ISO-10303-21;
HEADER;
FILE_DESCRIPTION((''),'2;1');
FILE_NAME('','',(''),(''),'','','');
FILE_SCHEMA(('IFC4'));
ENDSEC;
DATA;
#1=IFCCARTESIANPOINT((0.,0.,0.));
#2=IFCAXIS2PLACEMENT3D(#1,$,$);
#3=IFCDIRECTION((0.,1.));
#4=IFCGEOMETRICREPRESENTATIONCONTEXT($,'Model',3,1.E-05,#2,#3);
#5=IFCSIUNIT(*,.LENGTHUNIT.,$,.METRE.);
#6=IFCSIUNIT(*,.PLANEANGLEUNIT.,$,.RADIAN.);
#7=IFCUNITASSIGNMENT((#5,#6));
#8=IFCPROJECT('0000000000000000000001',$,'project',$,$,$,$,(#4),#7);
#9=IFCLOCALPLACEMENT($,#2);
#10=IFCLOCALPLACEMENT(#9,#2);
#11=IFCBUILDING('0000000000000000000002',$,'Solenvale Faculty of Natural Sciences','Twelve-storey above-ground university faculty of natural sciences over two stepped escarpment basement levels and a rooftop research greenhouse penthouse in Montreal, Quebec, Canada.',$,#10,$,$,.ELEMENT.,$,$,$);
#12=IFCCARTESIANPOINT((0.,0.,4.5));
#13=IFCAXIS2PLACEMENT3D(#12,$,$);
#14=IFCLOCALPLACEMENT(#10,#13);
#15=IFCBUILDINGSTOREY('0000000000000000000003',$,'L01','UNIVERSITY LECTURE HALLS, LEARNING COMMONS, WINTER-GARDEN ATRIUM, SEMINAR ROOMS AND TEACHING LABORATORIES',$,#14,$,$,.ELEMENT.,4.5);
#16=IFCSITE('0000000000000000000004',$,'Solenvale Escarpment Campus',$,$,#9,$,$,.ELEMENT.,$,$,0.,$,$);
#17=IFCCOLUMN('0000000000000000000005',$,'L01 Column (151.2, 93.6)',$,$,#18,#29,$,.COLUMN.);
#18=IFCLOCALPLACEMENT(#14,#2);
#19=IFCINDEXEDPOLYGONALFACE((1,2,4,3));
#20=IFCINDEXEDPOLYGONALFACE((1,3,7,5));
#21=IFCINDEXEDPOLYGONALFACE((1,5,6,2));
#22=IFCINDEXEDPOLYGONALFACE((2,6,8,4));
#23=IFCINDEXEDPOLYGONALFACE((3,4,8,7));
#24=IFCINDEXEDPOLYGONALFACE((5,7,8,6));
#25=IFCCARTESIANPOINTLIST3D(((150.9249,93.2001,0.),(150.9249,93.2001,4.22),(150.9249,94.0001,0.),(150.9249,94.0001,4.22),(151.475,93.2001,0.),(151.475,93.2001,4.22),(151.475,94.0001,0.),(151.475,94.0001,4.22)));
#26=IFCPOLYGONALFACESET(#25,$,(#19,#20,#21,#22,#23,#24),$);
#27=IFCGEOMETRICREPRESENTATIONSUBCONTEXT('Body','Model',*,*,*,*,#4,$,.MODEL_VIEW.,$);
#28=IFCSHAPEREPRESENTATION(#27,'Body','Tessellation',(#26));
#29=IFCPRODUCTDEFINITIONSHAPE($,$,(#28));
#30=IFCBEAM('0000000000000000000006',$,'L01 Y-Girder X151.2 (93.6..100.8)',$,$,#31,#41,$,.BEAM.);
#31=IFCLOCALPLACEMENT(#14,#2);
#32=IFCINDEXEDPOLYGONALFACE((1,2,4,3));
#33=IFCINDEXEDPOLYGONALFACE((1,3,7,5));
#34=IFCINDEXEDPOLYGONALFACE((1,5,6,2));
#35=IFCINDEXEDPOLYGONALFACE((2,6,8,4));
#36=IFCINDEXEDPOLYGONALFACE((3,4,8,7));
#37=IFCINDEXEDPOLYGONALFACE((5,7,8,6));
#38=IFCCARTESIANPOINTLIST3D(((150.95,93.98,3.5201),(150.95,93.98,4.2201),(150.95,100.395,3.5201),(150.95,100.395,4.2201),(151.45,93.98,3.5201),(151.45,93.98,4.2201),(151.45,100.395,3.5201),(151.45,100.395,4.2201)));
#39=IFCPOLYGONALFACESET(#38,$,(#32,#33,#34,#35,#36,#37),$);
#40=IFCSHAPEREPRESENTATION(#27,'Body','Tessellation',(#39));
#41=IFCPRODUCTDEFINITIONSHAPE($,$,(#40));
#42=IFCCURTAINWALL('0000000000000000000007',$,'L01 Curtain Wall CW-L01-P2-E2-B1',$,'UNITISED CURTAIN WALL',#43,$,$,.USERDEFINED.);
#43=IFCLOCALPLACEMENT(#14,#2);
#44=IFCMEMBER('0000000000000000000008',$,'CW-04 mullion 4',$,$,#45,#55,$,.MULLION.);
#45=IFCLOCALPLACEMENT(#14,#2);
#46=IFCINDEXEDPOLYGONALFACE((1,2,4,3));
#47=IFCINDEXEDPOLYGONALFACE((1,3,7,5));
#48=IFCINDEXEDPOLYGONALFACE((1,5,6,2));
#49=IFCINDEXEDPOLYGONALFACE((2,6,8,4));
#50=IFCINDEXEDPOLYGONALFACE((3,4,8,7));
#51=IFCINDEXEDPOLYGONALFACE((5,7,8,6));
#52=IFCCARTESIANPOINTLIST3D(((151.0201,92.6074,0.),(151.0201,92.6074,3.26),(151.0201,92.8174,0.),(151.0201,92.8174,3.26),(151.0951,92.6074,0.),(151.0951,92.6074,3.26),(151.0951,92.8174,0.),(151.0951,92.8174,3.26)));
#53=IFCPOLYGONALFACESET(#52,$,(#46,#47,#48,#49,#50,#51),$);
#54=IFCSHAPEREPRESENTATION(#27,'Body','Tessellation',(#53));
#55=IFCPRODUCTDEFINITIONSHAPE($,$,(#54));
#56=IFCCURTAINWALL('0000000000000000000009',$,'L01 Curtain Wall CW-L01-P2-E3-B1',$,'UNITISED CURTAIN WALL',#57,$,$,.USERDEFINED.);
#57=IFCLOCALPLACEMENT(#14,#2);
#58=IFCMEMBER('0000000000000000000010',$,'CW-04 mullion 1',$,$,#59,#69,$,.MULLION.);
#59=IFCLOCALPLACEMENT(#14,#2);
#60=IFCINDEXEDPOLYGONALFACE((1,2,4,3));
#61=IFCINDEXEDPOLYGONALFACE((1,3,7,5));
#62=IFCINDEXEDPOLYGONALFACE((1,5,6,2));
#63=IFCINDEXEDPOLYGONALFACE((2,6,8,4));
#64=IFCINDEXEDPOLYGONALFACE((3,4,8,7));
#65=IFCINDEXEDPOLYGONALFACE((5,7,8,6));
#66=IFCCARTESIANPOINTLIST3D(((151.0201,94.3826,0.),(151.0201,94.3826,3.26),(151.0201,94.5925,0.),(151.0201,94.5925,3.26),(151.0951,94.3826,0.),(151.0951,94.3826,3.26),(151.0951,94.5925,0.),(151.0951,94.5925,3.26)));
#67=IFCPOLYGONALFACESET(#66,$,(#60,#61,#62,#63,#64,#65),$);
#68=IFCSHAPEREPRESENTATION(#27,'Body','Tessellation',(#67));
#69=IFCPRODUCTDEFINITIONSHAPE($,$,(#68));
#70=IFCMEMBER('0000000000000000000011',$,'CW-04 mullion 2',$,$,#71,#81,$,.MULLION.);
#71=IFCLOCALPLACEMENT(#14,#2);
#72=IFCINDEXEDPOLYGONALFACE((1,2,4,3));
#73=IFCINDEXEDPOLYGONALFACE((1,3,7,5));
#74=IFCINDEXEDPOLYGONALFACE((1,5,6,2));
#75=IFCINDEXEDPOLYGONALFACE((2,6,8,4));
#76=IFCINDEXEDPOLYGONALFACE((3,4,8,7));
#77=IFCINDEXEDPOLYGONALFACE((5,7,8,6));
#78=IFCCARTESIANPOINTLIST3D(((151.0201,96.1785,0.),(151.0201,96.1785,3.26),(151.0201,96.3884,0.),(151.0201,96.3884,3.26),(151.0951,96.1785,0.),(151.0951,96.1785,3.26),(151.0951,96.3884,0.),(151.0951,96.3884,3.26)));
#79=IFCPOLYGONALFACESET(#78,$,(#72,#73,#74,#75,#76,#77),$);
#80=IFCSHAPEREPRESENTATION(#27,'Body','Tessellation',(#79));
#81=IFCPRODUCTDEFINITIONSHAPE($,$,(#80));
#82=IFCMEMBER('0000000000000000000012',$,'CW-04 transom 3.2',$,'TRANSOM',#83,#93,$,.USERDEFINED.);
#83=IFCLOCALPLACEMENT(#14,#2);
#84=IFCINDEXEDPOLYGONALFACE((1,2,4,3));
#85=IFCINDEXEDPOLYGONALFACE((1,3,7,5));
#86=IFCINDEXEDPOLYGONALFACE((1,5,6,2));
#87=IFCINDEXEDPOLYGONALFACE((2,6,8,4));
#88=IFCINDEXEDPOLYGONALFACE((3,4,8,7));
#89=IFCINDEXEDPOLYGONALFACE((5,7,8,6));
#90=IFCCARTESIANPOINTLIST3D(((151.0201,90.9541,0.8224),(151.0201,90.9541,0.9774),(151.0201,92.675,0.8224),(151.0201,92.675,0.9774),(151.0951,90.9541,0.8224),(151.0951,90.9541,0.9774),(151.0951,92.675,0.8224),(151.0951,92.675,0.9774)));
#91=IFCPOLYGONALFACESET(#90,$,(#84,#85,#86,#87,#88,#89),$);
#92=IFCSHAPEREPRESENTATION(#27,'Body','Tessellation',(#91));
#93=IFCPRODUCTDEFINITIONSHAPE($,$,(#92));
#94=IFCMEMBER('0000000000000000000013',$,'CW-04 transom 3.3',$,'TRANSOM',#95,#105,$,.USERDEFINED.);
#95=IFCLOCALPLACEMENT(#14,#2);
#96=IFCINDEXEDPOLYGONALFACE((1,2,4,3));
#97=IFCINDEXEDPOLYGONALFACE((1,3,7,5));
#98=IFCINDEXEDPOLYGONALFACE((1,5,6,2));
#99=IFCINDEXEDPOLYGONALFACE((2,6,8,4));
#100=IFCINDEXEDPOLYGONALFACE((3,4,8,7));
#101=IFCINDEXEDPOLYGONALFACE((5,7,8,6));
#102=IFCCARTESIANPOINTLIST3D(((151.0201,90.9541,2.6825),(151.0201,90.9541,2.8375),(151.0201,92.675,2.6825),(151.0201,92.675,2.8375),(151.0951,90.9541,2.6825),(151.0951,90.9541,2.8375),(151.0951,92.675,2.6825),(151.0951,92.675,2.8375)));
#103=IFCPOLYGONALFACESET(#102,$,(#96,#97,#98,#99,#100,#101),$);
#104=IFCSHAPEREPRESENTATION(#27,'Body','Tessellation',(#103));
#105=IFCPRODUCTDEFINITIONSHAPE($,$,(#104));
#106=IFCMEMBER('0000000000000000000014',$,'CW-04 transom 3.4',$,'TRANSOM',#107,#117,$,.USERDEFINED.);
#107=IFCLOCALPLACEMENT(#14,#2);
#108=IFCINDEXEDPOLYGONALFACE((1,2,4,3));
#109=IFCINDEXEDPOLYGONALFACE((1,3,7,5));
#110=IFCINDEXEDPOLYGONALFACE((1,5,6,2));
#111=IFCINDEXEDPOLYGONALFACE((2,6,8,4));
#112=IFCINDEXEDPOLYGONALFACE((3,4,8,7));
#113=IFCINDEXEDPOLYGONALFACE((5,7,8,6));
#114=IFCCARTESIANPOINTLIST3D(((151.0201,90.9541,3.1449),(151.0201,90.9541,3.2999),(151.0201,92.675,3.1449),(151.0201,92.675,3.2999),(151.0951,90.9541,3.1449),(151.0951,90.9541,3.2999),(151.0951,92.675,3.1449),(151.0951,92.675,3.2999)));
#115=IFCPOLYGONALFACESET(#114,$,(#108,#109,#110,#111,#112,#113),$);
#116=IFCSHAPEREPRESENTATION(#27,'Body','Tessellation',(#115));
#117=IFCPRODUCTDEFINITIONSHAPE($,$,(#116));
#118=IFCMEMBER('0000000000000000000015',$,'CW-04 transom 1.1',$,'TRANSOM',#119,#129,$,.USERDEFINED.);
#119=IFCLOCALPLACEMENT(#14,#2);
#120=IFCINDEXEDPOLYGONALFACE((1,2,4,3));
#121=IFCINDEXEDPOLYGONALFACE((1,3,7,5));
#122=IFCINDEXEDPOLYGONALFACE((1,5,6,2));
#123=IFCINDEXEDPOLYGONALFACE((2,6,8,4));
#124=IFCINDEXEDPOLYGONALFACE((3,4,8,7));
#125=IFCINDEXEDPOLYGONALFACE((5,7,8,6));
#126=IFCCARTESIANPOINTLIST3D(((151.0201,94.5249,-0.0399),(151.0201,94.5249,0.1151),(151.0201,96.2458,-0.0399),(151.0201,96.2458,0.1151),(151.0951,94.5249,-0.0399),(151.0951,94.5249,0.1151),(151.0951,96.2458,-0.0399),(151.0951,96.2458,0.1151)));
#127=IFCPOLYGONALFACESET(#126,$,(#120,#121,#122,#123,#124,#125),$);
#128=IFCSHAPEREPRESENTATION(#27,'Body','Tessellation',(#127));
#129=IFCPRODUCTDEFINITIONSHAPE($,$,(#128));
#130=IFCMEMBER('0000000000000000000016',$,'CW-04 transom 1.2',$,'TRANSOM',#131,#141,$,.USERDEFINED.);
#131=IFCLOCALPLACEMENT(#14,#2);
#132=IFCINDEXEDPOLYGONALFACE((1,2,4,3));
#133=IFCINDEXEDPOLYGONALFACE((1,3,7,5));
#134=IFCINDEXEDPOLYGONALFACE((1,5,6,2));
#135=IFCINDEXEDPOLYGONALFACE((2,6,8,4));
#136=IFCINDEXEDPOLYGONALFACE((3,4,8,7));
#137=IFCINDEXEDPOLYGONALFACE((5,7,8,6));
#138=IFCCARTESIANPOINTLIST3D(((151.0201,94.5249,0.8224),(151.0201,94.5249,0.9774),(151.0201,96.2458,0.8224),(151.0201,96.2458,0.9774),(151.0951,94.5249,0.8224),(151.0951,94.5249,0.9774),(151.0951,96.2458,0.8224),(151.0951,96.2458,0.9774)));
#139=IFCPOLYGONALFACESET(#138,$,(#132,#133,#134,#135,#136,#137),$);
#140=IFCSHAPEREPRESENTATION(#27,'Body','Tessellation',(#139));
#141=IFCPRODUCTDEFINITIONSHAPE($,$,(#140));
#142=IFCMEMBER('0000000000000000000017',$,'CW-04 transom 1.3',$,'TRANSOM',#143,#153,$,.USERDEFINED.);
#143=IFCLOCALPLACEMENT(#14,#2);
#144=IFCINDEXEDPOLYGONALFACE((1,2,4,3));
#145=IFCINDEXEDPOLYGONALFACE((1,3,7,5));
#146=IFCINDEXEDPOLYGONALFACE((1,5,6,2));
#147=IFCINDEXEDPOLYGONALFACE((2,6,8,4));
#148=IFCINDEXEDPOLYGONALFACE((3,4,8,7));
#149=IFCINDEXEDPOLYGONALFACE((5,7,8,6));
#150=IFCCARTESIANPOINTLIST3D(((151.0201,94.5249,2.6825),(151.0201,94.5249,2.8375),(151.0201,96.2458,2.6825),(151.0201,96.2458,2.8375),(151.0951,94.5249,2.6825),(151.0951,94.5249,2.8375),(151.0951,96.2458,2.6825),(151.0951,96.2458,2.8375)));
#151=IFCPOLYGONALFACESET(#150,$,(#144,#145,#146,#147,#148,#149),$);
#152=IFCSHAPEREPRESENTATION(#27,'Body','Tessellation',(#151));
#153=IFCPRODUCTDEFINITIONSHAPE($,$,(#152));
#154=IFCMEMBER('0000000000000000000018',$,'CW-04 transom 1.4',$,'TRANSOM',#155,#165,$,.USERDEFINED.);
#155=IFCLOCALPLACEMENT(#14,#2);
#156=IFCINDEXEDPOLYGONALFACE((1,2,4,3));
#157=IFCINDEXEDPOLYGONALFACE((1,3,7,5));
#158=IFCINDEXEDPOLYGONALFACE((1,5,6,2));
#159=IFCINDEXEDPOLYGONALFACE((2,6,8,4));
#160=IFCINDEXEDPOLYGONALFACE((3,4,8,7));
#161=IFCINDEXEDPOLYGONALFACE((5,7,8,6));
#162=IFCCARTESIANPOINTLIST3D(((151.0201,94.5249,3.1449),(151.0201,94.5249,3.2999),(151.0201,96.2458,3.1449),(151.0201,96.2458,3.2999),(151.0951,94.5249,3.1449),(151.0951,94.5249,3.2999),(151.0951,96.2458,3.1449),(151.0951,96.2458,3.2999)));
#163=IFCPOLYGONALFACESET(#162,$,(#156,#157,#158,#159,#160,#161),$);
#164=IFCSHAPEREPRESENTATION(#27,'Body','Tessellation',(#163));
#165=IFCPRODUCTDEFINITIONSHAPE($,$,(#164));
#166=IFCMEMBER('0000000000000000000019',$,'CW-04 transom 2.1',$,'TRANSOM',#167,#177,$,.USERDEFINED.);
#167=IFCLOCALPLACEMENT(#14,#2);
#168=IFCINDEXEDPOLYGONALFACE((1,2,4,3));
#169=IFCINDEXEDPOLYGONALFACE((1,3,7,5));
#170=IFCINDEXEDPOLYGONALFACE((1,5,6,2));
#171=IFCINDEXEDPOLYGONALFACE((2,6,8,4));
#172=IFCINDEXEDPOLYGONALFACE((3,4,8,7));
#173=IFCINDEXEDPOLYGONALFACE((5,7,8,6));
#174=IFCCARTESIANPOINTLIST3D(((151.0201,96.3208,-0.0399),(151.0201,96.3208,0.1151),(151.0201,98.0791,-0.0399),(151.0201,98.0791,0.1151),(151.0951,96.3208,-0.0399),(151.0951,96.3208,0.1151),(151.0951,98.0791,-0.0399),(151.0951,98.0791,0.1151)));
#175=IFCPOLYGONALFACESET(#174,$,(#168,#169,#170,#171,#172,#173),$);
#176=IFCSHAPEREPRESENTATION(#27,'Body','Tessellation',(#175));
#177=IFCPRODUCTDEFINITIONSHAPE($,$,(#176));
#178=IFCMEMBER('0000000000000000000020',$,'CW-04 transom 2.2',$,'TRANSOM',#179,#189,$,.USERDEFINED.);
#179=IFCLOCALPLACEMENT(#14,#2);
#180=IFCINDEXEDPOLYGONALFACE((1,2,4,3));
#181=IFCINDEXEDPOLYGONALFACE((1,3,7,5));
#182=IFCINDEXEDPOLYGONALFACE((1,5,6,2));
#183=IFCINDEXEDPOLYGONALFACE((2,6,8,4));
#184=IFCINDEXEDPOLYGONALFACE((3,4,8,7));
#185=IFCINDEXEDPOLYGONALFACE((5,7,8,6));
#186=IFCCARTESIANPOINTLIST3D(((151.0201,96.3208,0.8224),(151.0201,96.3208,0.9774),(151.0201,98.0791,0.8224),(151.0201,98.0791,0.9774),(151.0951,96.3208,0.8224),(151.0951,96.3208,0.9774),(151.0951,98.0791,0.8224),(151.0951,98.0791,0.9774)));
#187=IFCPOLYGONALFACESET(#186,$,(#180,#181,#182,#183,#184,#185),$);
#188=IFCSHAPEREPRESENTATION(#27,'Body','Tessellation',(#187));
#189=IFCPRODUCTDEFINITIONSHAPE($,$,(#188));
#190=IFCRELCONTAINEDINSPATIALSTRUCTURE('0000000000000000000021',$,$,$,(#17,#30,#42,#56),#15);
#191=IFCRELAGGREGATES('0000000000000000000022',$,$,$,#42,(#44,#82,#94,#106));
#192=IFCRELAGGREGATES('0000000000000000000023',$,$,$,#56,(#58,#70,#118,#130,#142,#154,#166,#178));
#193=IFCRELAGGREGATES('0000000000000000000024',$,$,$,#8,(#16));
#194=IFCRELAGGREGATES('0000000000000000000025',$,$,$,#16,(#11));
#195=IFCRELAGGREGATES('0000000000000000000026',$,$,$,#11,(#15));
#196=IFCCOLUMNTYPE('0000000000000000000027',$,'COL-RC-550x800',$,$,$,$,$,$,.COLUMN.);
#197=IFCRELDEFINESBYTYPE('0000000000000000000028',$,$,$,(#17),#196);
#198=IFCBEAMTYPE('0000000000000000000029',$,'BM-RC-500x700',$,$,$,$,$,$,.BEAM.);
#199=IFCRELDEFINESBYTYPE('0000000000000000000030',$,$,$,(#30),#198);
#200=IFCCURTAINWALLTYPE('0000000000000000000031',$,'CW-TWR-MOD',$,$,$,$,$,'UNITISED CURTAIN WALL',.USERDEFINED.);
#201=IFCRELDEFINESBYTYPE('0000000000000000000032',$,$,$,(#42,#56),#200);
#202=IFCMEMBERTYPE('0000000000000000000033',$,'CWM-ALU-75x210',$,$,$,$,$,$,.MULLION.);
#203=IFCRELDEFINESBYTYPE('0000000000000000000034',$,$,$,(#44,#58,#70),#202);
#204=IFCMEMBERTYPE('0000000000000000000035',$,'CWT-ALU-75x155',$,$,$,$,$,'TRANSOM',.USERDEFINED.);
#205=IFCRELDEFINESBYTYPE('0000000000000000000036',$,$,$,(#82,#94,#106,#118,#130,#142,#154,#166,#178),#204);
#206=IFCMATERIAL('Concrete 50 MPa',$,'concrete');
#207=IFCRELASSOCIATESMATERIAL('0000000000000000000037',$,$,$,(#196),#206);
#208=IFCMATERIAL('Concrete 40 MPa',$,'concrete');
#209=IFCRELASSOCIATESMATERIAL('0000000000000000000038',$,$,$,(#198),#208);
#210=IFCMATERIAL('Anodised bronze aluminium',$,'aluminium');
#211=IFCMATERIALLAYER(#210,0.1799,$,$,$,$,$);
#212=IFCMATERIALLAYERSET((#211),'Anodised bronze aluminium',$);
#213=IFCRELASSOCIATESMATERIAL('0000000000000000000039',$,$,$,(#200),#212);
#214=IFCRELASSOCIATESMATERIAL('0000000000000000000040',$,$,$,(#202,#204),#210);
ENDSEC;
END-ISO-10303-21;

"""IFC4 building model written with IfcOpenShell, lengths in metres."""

from ifc_helpers import new_model, si_unit, direction, frame, origin, origin_2d, place, context, subcontext, project, spatial, rectangle, extrude, material, layer, layer_set, material_profile, profile_set, type_object, element, aggregate, save


model = new_model("IFC4")

# Units and contexts
model_context = context("Model", 3, precision=1e-05, world=origin(), true_north=direction((0.0, 1.0)))
body_context = subcontext(model_context, "Body", "Model", "MODEL_VIEW")
ifc_project = project(units=[si_unit("LENGTHUNIT", "METRE"), si_unit("PLANEANGLEUNIT", "RADIAN")], contexts=[model_context])

# Site, building, storey
site_placement = place(None, origin())
site = spatial("IfcSite", under=ifc_project, at=site_placement, Name="Solenvale Escarpment Campus", CompositionType="ELEMENT", RefElevation=0.0)
building_placement = place(site_placement, origin())
building = spatial("IfcBuilding", under=site, at=building_placement, Name="Solenvale Faculty of Natural Sciences", Description="Twelve-storey above-ground university faculty of natural sciences over two stepped escarpment basement levels and a rooftop research greenhouse penthouse in Montreal, Quebec, Canada.", CompositionType="ELEMENT")
storey_placement = place(building_placement, frame((0.0, 0.0, 4.5)))
storey = spatial("IfcBuildingStorey", under=building, at=storey_placement, Name="L01", Description="UNIVERSITY LECTURE HALLS, LEARNING COMMONS, WINTER-GARDEN ATRIUM, SEMINAR ROOMS AND TEACHING LABORATORIES", CompositionType="ELEMENT", Elevation=4.5)

# Column
ifc_material_1 = material(Name="Concrete 50 MPa", Category="concrete")
ifc_material_profile_1 = material_profile(ifc_material_1, rectangle(XDim=0.55, YDim=0.8, at=origin_2d()), Name="RC-COL-550x800")
ifc_profile_set_1 = profile_set([ifc_material_profile_1], Name="Concrete 50 MPa")
column_type = type_object("IfcColumnType", Name="COL-RC-550x800", PredefinedType="COLUMN", material=ifc_profile_set_1)
column_placement = place(storey_placement, frame((151.2, 93.6001, 0.0), z_axis=(0.0, 0.0, 1.0), x_axis=(1.0, 0.0, 0.0)))
element("IfcColumn", 1, at=column_placement, inside=storey, type_object=column_type, Name="L01 Column (151.2, 93.6)", PredefinedType="COLUMN", context=body_context, shape_type="SweptSolid", body=[
    extrude(rectangle(XDim=0.55, YDim=0.8, at=origin_2d()), origin(), (0.0, 0.0, 1.0), 4.22),
])

# Beam
ifc_material_2 = material(Name="Concrete 40 MPa", Category="concrete")
ifc_material_profile_2 = material_profile(ifc_material_2, rectangle(XDim=0.5, YDim=0.7, at=origin_2d()), Name="RC-BM-500x700")
ifc_profile_set_2 = profile_set([ifc_material_profile_2], Name="Concrete 40 MPa")
beam_type = type_object("IfcBeamType", Name="BM-RC-500x700", PredefinedType="BEAM", material=ifc_profile_set_2)
beam_placement = place(storey_placement, frame((151.2, 93.98, 3.8701), z_axis=(0.0, 1.0, 0.0), x_axis=(-1.0, 0.0, 0.0)))
element("IfcBeam", 2, at=beam_placement, inside=storey, type_object=beam_type, Name="L01 Y-Girder X151.2 (93.6..100.8)", PredefinedType="BEAM", context=body_context, shape_type="SweptSolid", body=[
    extrude(rectangle(XDim=0.5, YDim=0.7, at=origin_2d()), origin(), (0.0, 0.0, 1.0), 6.415),
])

# Curtain wall, member
ifc_material_3 = material(Name="Anodised bronze aluminium", Category="aluminium")
ifc_layer_1 = layer(ifc_material_3, 0.1799)
ifc_layer_set_1 = layer_set([ifc_layer_1], Name="Anodised bronze aluminium")
curtain_wall_type = type_object("IfcCurtainWallType", Name="CW-TWR-MOD", ElementType="UNITISED CURTAIN WALL", PredefinedType="USERDEFINED", material=ifc_layer_set_1)
curtain_wall_1_placement = place(storey_placement, origin())
curtain_wall_1 = element("IfcCurtainWall", 3, at=curtain_wall_1_placement, inside=storey, type_object=curtain_wall_type, Name="L01 Curtain Wall CW-L01-P2-E2-B1", ObjectType="UNITISED CURTAIN WALL", PredefinedType="USERDEFINED")
ifc_material_profile_3 = material_profile(ifc_material_3, rectangle(XDim=0.075, YDim=0.21, at=origin_2d()), Name="ALU-MUL-75x210")
ifc_profile_set_3 = profile_set([ifc_material_profile_3], Name="Anodised bronze aluminium")
member_type_1 = type_object("IfcMemberType", Name="CWM-ALU-75x210", PredefinedType="MULLION", material=ifc_profile_set_3)
member_1_placement = place(storey_placement, frame((151.0576, 92.7124, 0.0), z_axis=(0.0, 0.0, 1.0), x_axis=(-1.0, 0.0, 0.0)))
member_1 = element("IfcMember", 4, at=member_1_placement, type_object=member_type_1, Name="CW-04 mullion 4", PredefinedType="MULLION", context=body_context, shape_type="SweptSolid", body=[
    extrude(rectangle(XDim=0.075, YDim=0.21, at=origin_2d()), origin(), (0.0, 0.0, 1.0), 3.26),
])

# Curtain wall, members
curtain_wall_2_placement = place(storey_placement, origin())
curtain_wall_2 = element("IfcCurtainWall", 5, at=curtain_wall_2_placement, inside=storey, type_object=curtain_wall_type, Name="L01 Curtain Wall CW-L01-P2-E3-B1", ObjectType="UNITISED CURTAIN WALL", PredefinedType="USERDEFINED")
member_2_placement = place(storey_placement, frame((151.0576, 94.4875, 0.0), z_axis=(0.0, 0.0, 1.0), x_axis=(-1.0, 0.0, 0.0)))
member_2 = element("IfcMember", 6, at=member_2_placement, type_object=member_type_1, Name="CW-04 mullion 1", PredefinedType="MULLION", context=body_context, shape_type="SweptSolid", body=[
    extrude(rectangle(XDim=0.075, YDim=0.21, at=origin_2d()), origin(), (0.0, 0.0, 1.0), 3.26),
])
member_3_placement = place(storey_placement, frame((151.0576, 96.2834, 0.0), z_axis=(0.0, 0.0, 1.0), x_axis=(-1.0, 0.0, 0.0)))
member_3 = element("IfcMember", 7, at=member_3_placement, type_object=member_type_1, Name="CW-04 mullion 2", PredefinedType="MULLION", context=body_context, shape_type="SweptSolid", body=[
    extrude(rectangle(XDim=0.075, YDim=0.21, at=origin_2d()), origin(), (0.0, 0.0, 1.0), 3.26),
])

# Members
ifc_material_profile_4 = material_profile(ifc_material_3, rectangle(XDim=0.075, YDim=0.155, at=origin_2d()), Name="ALU-TRN-75x155")
ifc_profile_set_4 = profile_set([ifc_material_profile_4], Name="Anodised bronze aluminium")
member_type_2 = type_object("IfcMemberType", Name="CWT-ALU-75x155", ElementType="TRANSOM", PredefinedType="USERDEFINED", material=ifc_profile_set_4)
member_4_placement = place(storey_placement, frame((151.0576, 90.9541, 0.8999), z_axis=(0.0, 1.0, 0.0), x_axis=(-1.0, 0.0, 0.0)))
member_4 = element("IfcMember", 8, at=member_4_placement, type_object=member_type_2, Name="CW-04 transom 3.2", ObjectType="TRANSOM", PredefinedType="USERDEFINED", context=body_context, shape_type="SweptSolid", body=[
    extrude(rectangle(XDim=0.075, YDim=0.155, at=origin_2d()), origin(), (0.0, 0.0, 1.0), 1.7209),
])
member_5_placement = place(storey_placement, frame((151.0576, 90.9541, 2.76), z_axis=(0.0, 1.0, 0.0), x_axis=(-1.0, 0.0, 0.0)))
member_5 = element("IfcMember", 9, at=member_5_placement, type_object=member_type_2, Name="CW-04 transom 3.3", ObjectType="TRANSOM", PredefinedType="USERDEFINED", context=body_context, shape_type="SweptSolid", body=[
    extrude(rectangle(XDim=0.075, YDim=0.155, at=origin_2d()), origin(), (0.0, 0.0, 1.0), 1.7209),
])
member_6_placement = place(storey_placement, frame((151.0576, 90.9541, 3.2224), z_axis=(0.0, 1.0, 0.0), x_axis=(-1.0, 0.0, 0.0)))
member_6 = element("IfcMember", 10, at=member_6_placement, type_object=member_type_2, Name="CW-04 transom 3.4", ObjectType="TRANSOM", PredefinedType="USERDEFINED", context=body_context, shape_type="SweptSolid", body=[
    extrude(rectangle(XDim=0.075, YDim=0.155, at=origin_2d()), origin(), (0.0, 0.0, 1.0), 1.7209),
])
member_7_placement = place(storey_placement, frame((151.0576, 94.5249, 0.0376), z_axis=(0.0, 1.0, 0.0), x_axis=(-1.0, 0.0, 0.0)))
member_7 = element("IfcMember", 11, at=member_7_placement, type_object=member_type_2, Name="CW-04 transom 1.1", ObjectType="TRANSOM", PredefinedType="USERDEFINED", context=body_context, shape_type="SweptSolid", body=[
    extrude(rectangle(XDim=0.075, YDim=0.155, at=origin_2d()), origin(), (0.0, 0.0, 1.0), 1.7209),
])
member_8_placement = place(storey_placement, frame((151.0576, 94.5249, 0.8999), z_axis=(0.0, 1.0, 0.0), x_axis=(-1.0, 0.0, 0.0)))
member_8 = element("IfcMember", 12, at=member_8_placement, type_object=member_type_2, Name="CW-04 transom 1.2", ObjectType="TRANSOM", PredefinedType="USERDEFINED", context=body_context, shape_type="SweptSolid", body=[
    extrude(rectangle(XDim=0.075, YDim=0.155, at=origin_2d()), origin(), (0.0, 0.0, 1.0), 1.7209),
])
member_9_placement = place(storey_placement, frame((151.0576, 94.5249, 2.76), z_axis=(0.0, 1.0, 0.0), x_axis=(-1.0, 0.0, 0.0)))
member_9 = element("IfcMember", 13, at=member_9_placement, type_object=member_type_2, Name="CW-04 transom 1.3", ObjectType="TRANSOM", PredefinedType="USERDEFINED", context=body_context, shape_type="SweptSolid", body=[
    extrude(rectangle(XDim=0.075, YDim=0.155, at=origin_2d()), origin(), (0.0, 0.0, 1.0), 1.7209),
])
member_10_placement = place(storey_placement, frame((151.0576, 94.5249, 3.2224), z_axis=(0.0, 1.0, 0.0), x_axis=(-1.0, 0.0, 0.0)))
member_10 = element("IfcMember", 14, at=member_10_placement, type_object=member_type_2, Name="CW-04 transom 1.4", ObjectType="TRANSOM", PredefinedType="USERDEFINED", context=body_context, shape_type="SweptSolid", body=[
    extrude(rectangle(XDim=0.075, YDim=0.155, at=origin_2d()), origin(), (0.0, 0.0, 1.0), 1.7209),
])
member_11_placement = place(storey_placement, frame((151.0576, 96.3208, 0.0376), z_axis=(0.0, 1.0, 0.0), x_axis=(-1.0, 0.0, 0.0)))
member_11 = element("IfcMember", 15, at=member_11_placement, type_object=member_type_2, Name="CW-04 transom 2.1", ObjectType="TRANSOM", PredefinedType="USERDEFINED", context=body_context, shape_type="SweptSolid", body=[
    extrude(rectangle(XDim=0.075, YDim=0.155, at=origin_2d()), origin(), (0.0, 0.0, 1.0), 1.7583),
])
member_12_placement = place(storey_placement, frame((151.0576, 96.3208, 0.8999), z_axis=(0.0, 1.0, 0.0), x_axis=(-1.0, 0.0, 0.0)))
member_12 = element("IfcMember", 16, at=member_12_placement, type_object=member_type_2, Name="CW-04 transom 2.2", ObjectType="TRANSOM", PredefinedType="USERDEFINED", context=body_context, shape_type="SweptSolid", body=[
    extrude(rectangle(XDim=0.075, YDim=0.155, at=origin_2d()), origin(), (0.0, 0.0, 1.0), 1.7583),
])

aggregate(curtain_wall_1, [member_1, member_4, member_5, member_6])
aggregate(curtain_wall_2, [member_2, member_3, member_7, member_8, member_9, member_10, member_11, member_12])

save(model, "model.ifc")
